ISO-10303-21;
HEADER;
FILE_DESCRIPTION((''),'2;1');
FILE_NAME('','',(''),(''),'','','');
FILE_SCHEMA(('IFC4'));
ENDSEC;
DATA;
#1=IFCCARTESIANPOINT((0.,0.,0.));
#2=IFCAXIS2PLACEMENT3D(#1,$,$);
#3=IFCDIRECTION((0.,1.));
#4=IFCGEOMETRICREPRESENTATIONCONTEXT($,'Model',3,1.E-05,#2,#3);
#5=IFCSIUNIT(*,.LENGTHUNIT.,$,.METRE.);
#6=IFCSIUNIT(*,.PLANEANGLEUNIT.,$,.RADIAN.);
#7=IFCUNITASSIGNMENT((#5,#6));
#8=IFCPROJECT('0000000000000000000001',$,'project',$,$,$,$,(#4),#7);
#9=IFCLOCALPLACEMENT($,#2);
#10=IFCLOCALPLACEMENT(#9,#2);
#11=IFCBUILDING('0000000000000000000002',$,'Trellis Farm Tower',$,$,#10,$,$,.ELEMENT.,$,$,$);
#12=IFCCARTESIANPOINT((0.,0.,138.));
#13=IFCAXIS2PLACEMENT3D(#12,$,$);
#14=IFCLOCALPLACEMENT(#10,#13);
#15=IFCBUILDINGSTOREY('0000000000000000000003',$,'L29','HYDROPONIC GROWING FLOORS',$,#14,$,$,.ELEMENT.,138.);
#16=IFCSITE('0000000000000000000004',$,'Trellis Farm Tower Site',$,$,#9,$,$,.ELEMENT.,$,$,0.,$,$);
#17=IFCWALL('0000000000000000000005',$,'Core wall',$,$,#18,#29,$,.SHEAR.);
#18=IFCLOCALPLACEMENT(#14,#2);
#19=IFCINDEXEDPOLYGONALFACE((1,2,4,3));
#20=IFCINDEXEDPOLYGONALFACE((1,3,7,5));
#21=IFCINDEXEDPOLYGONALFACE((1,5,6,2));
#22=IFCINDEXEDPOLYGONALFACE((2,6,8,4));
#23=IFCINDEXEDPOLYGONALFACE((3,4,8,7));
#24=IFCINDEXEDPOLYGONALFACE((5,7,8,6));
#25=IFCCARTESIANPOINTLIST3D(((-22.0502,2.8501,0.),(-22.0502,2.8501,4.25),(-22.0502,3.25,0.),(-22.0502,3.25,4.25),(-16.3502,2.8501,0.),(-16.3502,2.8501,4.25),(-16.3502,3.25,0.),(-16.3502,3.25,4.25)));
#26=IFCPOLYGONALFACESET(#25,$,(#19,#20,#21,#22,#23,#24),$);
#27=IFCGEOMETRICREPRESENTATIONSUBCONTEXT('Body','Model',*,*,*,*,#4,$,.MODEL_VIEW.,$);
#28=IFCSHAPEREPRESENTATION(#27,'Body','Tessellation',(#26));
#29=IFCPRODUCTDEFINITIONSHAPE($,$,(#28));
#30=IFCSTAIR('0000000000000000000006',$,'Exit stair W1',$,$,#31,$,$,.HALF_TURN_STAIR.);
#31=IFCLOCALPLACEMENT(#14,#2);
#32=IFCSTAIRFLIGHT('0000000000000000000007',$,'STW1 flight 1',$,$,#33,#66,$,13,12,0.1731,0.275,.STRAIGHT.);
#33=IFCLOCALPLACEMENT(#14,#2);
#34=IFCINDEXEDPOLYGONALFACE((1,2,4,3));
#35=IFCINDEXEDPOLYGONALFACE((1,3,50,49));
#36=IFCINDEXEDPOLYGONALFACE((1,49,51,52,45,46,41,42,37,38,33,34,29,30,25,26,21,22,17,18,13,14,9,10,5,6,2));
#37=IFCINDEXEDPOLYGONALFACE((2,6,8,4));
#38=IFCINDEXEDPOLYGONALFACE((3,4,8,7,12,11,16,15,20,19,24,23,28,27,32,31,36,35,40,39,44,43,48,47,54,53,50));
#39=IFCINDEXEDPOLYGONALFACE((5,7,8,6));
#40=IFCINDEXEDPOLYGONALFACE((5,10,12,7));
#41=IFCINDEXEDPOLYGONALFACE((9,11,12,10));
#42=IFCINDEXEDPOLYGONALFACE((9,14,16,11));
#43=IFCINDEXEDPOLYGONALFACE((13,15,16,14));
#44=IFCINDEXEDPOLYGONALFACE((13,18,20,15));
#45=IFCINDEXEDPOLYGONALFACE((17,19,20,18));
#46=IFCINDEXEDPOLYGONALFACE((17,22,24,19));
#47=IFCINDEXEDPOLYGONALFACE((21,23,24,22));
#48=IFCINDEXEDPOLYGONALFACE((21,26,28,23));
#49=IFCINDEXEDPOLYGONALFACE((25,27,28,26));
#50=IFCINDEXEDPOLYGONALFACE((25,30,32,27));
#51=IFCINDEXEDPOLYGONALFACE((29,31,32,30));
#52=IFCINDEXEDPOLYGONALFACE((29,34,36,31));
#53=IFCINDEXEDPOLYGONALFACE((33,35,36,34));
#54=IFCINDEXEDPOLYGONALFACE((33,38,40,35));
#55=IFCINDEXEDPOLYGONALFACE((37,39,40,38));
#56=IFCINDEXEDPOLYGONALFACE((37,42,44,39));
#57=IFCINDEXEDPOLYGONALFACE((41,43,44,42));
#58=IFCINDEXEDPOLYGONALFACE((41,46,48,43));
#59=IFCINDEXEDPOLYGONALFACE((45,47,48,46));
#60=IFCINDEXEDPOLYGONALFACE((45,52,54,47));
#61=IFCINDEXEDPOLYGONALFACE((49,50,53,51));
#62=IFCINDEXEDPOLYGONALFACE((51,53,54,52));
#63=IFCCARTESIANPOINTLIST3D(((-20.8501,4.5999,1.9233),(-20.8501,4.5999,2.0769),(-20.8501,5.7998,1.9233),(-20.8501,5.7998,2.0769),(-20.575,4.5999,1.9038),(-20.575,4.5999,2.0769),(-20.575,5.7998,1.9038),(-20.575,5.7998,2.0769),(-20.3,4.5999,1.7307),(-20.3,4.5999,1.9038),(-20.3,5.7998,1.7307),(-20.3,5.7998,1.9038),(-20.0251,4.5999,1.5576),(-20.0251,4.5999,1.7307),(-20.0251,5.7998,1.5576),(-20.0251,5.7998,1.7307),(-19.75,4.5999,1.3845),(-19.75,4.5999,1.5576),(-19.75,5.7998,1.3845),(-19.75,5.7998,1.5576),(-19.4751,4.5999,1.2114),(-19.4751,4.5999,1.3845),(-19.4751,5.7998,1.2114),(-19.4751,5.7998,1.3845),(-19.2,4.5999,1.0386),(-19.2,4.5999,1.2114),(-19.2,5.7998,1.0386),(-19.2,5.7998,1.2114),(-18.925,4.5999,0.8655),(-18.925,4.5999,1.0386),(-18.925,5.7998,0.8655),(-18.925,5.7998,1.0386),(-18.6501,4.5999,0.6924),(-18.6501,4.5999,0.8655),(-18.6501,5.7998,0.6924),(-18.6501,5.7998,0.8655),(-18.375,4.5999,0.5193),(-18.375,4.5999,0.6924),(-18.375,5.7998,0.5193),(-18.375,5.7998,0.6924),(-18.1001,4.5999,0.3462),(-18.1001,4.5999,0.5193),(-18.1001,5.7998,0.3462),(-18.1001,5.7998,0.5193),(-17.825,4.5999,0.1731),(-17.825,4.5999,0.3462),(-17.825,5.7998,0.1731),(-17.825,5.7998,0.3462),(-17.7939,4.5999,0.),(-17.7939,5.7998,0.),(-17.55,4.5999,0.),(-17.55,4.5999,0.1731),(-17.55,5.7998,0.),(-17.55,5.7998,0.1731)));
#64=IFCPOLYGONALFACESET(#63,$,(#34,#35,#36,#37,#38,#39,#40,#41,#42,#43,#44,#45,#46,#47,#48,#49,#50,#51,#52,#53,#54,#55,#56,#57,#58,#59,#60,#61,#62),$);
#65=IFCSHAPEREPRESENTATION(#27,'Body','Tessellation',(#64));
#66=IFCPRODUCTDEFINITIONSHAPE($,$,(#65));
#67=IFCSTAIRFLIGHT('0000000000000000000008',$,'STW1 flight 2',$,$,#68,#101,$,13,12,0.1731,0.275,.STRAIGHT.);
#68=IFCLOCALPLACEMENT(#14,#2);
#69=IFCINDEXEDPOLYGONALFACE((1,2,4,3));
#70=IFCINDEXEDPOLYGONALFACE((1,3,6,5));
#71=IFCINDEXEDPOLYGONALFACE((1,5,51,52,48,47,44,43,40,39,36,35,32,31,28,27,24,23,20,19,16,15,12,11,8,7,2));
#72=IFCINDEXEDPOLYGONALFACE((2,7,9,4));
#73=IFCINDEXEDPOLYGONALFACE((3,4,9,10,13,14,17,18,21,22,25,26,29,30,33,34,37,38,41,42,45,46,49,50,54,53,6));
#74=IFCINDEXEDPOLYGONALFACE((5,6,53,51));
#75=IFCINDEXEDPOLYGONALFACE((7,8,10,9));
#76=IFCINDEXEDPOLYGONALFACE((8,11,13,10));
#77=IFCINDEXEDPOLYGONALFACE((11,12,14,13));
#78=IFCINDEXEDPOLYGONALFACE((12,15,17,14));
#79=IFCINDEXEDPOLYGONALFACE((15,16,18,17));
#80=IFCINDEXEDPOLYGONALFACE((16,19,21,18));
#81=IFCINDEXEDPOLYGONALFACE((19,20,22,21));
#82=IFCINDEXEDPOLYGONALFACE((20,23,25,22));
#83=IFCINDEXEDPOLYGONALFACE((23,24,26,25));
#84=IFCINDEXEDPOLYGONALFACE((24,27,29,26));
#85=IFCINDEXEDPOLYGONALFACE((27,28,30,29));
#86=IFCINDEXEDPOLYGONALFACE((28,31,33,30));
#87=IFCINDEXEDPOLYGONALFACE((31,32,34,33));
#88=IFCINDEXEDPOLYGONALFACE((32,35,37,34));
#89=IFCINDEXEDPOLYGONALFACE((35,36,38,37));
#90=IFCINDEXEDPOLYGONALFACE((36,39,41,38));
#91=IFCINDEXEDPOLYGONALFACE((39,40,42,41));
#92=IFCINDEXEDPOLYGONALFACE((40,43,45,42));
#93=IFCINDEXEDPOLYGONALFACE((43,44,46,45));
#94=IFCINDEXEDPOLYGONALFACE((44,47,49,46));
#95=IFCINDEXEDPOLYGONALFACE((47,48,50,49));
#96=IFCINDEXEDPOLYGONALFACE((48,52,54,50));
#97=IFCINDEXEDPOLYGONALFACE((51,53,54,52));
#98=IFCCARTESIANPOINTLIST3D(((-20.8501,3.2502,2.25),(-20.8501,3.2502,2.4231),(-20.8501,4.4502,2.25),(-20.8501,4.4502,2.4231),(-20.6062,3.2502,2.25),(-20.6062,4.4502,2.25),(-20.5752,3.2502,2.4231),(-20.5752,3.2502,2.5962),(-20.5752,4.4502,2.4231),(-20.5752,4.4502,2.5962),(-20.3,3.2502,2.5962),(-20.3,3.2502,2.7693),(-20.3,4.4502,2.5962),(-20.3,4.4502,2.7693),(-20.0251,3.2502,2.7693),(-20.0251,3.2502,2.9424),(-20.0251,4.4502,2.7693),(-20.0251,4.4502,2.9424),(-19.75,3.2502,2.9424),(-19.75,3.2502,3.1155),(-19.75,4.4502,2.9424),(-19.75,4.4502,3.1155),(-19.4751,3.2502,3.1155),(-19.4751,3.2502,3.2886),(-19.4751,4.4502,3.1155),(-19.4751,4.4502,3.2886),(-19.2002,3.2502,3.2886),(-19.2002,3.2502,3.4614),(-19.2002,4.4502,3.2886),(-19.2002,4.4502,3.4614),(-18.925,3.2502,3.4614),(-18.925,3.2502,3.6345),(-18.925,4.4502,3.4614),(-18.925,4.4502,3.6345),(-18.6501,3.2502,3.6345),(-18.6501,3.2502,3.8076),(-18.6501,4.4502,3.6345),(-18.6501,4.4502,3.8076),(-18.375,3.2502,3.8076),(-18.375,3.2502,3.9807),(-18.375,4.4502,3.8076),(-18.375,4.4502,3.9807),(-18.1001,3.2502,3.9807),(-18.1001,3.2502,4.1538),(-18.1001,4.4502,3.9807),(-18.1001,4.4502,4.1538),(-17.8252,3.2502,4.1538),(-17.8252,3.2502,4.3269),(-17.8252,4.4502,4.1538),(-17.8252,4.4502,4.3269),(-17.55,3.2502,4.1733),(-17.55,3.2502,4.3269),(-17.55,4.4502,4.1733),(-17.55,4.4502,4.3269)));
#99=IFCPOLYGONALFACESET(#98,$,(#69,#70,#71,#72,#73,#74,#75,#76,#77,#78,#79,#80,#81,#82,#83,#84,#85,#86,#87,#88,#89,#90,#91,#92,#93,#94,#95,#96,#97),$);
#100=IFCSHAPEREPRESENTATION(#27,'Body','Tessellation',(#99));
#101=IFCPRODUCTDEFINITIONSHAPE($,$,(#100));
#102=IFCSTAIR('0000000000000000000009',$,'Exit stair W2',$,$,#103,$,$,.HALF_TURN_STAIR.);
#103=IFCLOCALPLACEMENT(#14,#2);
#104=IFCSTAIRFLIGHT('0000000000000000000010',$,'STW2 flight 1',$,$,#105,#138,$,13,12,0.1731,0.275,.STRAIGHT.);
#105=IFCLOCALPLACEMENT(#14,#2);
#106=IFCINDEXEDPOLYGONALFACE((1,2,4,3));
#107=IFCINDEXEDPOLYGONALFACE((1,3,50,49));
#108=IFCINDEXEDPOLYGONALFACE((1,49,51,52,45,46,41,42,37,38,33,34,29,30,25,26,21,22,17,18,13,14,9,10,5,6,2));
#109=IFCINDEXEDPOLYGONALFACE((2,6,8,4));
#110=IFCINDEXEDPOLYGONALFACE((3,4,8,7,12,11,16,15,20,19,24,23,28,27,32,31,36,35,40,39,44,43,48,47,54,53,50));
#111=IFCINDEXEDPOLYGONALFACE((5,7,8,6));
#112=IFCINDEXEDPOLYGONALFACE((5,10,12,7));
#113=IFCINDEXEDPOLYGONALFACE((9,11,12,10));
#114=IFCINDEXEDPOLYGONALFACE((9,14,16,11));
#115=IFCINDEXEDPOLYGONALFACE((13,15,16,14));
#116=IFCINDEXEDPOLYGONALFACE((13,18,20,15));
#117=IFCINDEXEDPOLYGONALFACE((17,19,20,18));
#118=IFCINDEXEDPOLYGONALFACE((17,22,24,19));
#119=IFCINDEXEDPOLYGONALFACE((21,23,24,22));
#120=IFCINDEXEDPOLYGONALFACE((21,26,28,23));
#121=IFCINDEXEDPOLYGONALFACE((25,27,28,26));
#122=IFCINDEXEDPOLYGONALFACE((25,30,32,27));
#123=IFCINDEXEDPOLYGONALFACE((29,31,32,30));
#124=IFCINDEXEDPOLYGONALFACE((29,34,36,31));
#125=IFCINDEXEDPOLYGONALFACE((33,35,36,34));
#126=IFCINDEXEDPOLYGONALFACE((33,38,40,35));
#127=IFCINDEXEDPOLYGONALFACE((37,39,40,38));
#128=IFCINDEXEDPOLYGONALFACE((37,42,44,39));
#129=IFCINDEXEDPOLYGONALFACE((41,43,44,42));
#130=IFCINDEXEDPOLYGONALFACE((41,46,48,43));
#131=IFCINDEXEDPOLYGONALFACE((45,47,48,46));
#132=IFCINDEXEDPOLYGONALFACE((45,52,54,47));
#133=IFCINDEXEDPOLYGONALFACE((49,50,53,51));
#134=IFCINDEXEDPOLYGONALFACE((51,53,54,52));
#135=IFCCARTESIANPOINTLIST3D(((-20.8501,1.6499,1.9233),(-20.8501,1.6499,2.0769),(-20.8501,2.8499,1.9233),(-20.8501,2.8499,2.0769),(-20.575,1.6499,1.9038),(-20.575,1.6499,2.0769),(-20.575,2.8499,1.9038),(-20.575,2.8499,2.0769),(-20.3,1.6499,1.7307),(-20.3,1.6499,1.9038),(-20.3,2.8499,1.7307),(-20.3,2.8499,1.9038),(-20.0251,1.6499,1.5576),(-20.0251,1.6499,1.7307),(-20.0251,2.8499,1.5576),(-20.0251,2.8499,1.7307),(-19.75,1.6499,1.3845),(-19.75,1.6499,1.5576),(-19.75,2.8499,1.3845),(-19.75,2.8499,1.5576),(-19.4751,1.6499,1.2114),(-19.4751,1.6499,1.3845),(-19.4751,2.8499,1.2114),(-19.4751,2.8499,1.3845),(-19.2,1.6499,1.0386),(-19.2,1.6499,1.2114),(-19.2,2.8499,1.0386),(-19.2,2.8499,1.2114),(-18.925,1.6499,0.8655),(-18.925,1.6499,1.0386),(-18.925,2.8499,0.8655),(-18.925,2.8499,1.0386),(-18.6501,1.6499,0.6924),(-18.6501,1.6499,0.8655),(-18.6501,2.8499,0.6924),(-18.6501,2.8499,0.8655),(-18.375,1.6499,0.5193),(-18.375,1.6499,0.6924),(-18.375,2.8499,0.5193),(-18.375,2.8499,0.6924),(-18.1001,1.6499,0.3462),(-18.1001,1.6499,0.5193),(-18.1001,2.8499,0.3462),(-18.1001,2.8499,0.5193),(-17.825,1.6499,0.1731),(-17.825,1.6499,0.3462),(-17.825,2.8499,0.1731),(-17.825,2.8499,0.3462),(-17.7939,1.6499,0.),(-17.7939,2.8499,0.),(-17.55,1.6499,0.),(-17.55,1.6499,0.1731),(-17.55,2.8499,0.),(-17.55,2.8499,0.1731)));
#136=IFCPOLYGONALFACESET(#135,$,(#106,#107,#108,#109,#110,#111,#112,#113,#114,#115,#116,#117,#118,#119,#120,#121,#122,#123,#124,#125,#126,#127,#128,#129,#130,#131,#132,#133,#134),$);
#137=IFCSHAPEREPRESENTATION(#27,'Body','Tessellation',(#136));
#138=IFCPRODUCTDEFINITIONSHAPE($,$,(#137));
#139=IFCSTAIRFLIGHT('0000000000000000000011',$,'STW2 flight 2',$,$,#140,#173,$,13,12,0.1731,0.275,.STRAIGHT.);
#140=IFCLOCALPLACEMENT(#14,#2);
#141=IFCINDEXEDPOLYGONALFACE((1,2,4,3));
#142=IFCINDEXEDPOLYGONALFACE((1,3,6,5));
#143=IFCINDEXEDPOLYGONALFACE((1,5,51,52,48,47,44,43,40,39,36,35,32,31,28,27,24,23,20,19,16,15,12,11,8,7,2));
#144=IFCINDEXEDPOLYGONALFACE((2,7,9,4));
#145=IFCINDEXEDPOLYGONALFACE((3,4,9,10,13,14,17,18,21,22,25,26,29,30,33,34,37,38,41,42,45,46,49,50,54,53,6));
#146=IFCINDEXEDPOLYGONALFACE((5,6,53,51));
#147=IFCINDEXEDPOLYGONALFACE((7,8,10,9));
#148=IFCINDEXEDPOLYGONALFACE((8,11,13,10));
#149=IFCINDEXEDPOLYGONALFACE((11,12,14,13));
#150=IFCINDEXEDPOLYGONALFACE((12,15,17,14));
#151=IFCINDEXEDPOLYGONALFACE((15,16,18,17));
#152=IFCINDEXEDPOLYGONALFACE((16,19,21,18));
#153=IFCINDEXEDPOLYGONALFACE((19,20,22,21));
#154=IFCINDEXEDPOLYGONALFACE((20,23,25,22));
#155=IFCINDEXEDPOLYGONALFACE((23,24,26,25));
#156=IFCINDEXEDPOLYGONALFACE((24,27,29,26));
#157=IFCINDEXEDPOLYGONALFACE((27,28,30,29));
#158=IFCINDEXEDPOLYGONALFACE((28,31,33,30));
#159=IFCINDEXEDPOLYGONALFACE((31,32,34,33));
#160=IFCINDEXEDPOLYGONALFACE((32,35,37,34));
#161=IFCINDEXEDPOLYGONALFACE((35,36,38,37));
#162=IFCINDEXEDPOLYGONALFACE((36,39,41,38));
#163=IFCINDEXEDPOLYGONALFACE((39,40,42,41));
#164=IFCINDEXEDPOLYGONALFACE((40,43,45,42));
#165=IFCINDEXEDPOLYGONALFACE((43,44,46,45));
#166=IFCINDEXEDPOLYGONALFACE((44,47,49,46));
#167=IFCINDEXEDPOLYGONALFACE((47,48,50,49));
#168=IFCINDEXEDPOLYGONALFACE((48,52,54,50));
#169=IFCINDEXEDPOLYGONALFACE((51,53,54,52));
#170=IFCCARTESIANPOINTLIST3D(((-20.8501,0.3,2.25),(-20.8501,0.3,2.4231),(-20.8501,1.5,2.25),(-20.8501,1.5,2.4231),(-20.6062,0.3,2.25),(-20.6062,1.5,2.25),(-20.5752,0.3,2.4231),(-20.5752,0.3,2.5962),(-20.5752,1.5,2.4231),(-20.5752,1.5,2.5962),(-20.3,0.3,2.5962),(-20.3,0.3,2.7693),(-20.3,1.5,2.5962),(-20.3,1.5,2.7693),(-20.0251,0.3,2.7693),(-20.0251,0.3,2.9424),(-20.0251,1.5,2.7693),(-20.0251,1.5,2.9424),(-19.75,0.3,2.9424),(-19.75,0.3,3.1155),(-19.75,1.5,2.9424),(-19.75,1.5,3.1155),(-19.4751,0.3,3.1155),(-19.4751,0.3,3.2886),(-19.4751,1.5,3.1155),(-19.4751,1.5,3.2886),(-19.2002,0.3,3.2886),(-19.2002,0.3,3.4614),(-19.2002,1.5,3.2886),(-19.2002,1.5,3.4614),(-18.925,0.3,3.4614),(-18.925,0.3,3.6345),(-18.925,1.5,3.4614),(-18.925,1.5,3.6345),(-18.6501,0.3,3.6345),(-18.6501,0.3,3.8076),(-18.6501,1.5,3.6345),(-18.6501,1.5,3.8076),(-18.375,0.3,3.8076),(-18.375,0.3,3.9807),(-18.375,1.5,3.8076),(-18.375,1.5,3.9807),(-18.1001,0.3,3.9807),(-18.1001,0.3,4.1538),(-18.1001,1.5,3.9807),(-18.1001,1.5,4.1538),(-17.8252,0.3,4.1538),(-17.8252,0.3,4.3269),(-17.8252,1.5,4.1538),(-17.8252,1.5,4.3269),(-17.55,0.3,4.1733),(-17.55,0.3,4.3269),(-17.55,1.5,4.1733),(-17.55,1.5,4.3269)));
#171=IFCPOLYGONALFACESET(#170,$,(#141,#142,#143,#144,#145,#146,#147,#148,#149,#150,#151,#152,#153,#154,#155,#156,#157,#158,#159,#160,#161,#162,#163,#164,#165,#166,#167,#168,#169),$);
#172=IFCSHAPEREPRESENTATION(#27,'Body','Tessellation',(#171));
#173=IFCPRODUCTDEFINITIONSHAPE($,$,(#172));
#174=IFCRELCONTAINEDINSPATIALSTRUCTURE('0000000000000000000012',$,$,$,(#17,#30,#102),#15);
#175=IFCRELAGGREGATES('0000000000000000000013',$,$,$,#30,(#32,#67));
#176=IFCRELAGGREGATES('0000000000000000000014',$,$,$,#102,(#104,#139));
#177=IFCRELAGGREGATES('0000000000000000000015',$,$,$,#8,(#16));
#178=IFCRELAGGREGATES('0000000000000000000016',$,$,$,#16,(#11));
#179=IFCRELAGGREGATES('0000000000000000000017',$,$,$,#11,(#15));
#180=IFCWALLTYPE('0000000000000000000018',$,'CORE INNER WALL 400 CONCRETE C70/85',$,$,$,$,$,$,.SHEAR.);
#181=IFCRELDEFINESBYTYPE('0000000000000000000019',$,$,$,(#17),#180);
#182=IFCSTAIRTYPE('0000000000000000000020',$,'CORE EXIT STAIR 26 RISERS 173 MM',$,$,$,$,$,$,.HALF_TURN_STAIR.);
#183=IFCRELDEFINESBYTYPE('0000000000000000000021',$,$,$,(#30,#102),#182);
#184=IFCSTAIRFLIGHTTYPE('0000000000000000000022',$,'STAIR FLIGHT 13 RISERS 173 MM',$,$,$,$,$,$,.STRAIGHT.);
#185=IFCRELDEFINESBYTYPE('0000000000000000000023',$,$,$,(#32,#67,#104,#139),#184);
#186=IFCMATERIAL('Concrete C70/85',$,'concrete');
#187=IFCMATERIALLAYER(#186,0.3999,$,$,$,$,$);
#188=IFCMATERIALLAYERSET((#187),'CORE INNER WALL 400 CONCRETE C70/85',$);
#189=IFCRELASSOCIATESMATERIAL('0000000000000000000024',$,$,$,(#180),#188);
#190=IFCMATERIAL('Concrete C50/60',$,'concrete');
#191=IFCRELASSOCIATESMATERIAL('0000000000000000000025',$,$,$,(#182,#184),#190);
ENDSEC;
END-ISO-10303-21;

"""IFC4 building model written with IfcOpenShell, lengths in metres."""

from ifc_helpers import new_model, si_unit, direction, frame, frame_2d, origin, place, context, subcontext, project, spatial, polyline, rectangle, outline, extrude, source, transform, mapped, material, layer, layer_set, type_object, element, aggregate, save


model = new_model("IFC4")

# Units and contexts
model_context = context("Model", 3, precision=1e-05, world=origin(), true_north=direction((0.0, 1.0)))
body_context = subcontext(model_context, "Body", "Model", "MODEL_VIEW")
ifc_project = project(units=[si_unit("LENGTHUNIT", "METRE"), si_unit("PLANEANGLEUNIT", "RADIAN")], contexts=[model_context])

# Site, building, storey
site_placement = place(None, origin())
site = spatial("IfcSite", under=ifc_project, at=site_placement, Name="Trellis Farm Tower Site", CompositionType="ELEMENT", RefElevation=0.0)
building_placement = place(site_placement, origin())
building = spatial("IfcBuilding", under=site, at=building_placement, Name="Trellis Farm Tower", CompositionType="ELEMENT")
storey_placement = place(building_placement, frame((0.0, 0.0, 138.0)))
storey = spatial("IfcBuildingStorey", under=building, at=storey_placement, Name="L29", Description="HYDROPONIC GROWING FLOORS", CompositionType="ELEMENT", Elevation=138.0)

# Shared definitions
placement = place(storey_placement, origin())

# Shared definitions
ifc_material_1 = material(Name="Concrete C70/85", Category="concrete")
ifc_layer_1 = layer(ifc_material_1, 0.3999)
ifc_layer_set_1 = layer_set([ifc_layer_1], Name="CORE INNER WALL 400 CONCRETE C70/85")
wall_type_1 = type_object("IfcWallType", Name="CORE INNER WALL 400 CONCRETE C70/85", PredefinedType="SHEAR", material=ifc_layer_set_1)

# Wall
shared_shape_1 = source(origin(), body_context, "Body", "SweptSolid", [
    extrude(rectangle(XDim=5.7, YDim=0.3999, at=frame_2d((2.8501, 0.0))), origin(), (0.0, 0.0, 1.0), 4.25),
])
wall_1_placement = place(storey_placement, frame((-16.3501, 3.05, 0.0), z_axis=(0.0, 0.0, 1.0), x_axis=(-1.0, 0.0, 0.0)))
element("IfcWall", 1, at=wall_1_placement, inside=storey, type_object=wall_type_1, Name="Core wall", PredefinedType="SHEAR", context=body_context, shape_type="MappedRepresentation", body=[
    mapped(shared_shape_1, transform((0.0, 0.0, 0.0))),
])

# Stairs, stair flights
ifc_material_2 = material(Name="Concrete C50/60", Category="concrete")
stair_type = type_object("IfcStairType", Name="CORE EXIT STAIR 26 RISERS 173 MM", PredefinedType="HALF_TURN_STAIR", material=ifc_material_2)
stair_1 = element("IfcStair", 2, at=placement, inside=storey, type_object=stair_type, Name="Exit stair W1", PredefinedType="HALF_TURN_STAIR")
stair_flight_type = type_object("IfcStairFlightType", Name="STAIR FLIGHT 13 RISERS 173 MM", PredefinedType="STRAIGHT", material=ifc_material_2)
shared_shape_2 = source(origin(), body_context, "Body", "SweptSolid", [
    extrude(outline(polyline([(0.0, 0.0), (0.0, 0.1731), (0.2749, 0.1731), (0.2749, 0.3462), (0.55, 0.3462), (0.55, 0.5193), (0.825, 0.5193), (0.825, 0.6924), (1.1001, 0.6924), (1.1001, 0.8655), (1.375, 0.8655), (1.375, 1.0386), (1.6499, 1.0386), (1.6499, 1.2114), (1.925, 1.2114), (1.925, 1.3845), (2.2, 1.3845), (2.2, 1.5576), (2.4751, 1.5576), (2.4751, 1.7307), (2.75, 1.7307), (2.75, 1.9038), (3.0249, 1.9038), (3.0249, 2.0769), (3.3, 2.0769), (3.3, 2.25), (3.3, 1.9233), (0.2439, 0.0), (0.0, 0.0)])), frame((0.0, 0.6001, 0.0), z_axis=(0.0, -1.0, 0.0), x_axis=(1.0, 0.0, 0.0)), (0.0, 0.0, 1.0), 1.2),
])
stair_flight_1_placement = place(storey_placement, frame((-17.55, 5.2, 0.0), z_axis=(0.0, 0.0, 1.0), x_axis=(-1.0, 0.0, 0.0)))
stair_flight_1 = element("IfcStairFlight", 3, at=stair_flight_1_placement, type_object=stair_flight_type, Name="STW1 flight 1", NumberOfRisers=13, NumberOfTreads=12, PredefinedType="STRAIGHT", RiserHeight=0.1731, TreadLength=0.275, context=body_context, shape_type="MappedRepresentation", body=[
    mapped(shared_shape_2, transform((0.0, 0.0, 0.0))),
])
stair_flight_2_placement = place(storey_placement, frame((-20.8501, 3.8501, 2.25), z_axis=(0.0, 0.0, 1.0), x_axis=(1.0, 0.0, 0.0)))
stair_flight_2 = element("IfcStairFlight", 4, at=stair_flight_2_placement, type_object=stair_flight_type, Name="STW1 flight 2", NumberOfRisers=13, NumberOfTreads=12, PredefinedType="STRAIGHT", RiserHeight=0.1731, TreadLength=0.275, context=body_context, shape_type="MappedRepresentation", body=[
    mapped(shared_shape_2, transform((0.0, 0.0, 0.0))),
])
aggregate(stair_1, [stair_flight_1, stair_flight_2])
stair_2 = element("IfcStair", 5, at=placement, inside=storey, type_object=stair_type, Name="Exit stair W2", PredefinedType="HALF_TURN_STAIR")
stair_flight_3_placement = place(storey_placement, frame((-17.55, 2.25, 0.0), z_axis=(0.0, 0.0, 1.0), x_axis=(-1.0, 0.0, 0.0)))
stair_flight_3 = element("IfcStairFlight", 6, at=stair_flight_3_placement, type_object=stair_flight_type, Name="STW2 flight 1", NumberOfRisers=13, NumberOfTreads=12, PredefinedType="STRAIGHT", RiserHeight=0.1731, TreadLength=0.275, context=body_context, shape_type="MappedRepresentation", body=[
    mapped(shared_shape_2, transform((0.0, 0.0, 0.0))),
])
stair_flight_4_placement = place(storey_placement, frame((-20.8501, 0.8999, 2.25), z_axis=(0.0, 0.0, 1.0), x_axis=(1.0, 0.0, 0.0)))
stair_flight_4 = element("IfcStairFlight", 7, at=stair_flight_4_placement, type_object=stair_flight_type, Name="STW2 flight 2", NumberOfRisers=13, NumberOfTreads=12, PredefinedType="STRAIGHT", RiserHeight=0.1731, TreadLength=0.275, context=body_context, shape_type="MappedRepresentation", body=[
    mapped(shared_shape_2, transform((0.0, 0.0, 0.0))),
])
aggregate(stair_2, [stair_flight_3, stair_flight_4])

save(model, "model.ifc")
